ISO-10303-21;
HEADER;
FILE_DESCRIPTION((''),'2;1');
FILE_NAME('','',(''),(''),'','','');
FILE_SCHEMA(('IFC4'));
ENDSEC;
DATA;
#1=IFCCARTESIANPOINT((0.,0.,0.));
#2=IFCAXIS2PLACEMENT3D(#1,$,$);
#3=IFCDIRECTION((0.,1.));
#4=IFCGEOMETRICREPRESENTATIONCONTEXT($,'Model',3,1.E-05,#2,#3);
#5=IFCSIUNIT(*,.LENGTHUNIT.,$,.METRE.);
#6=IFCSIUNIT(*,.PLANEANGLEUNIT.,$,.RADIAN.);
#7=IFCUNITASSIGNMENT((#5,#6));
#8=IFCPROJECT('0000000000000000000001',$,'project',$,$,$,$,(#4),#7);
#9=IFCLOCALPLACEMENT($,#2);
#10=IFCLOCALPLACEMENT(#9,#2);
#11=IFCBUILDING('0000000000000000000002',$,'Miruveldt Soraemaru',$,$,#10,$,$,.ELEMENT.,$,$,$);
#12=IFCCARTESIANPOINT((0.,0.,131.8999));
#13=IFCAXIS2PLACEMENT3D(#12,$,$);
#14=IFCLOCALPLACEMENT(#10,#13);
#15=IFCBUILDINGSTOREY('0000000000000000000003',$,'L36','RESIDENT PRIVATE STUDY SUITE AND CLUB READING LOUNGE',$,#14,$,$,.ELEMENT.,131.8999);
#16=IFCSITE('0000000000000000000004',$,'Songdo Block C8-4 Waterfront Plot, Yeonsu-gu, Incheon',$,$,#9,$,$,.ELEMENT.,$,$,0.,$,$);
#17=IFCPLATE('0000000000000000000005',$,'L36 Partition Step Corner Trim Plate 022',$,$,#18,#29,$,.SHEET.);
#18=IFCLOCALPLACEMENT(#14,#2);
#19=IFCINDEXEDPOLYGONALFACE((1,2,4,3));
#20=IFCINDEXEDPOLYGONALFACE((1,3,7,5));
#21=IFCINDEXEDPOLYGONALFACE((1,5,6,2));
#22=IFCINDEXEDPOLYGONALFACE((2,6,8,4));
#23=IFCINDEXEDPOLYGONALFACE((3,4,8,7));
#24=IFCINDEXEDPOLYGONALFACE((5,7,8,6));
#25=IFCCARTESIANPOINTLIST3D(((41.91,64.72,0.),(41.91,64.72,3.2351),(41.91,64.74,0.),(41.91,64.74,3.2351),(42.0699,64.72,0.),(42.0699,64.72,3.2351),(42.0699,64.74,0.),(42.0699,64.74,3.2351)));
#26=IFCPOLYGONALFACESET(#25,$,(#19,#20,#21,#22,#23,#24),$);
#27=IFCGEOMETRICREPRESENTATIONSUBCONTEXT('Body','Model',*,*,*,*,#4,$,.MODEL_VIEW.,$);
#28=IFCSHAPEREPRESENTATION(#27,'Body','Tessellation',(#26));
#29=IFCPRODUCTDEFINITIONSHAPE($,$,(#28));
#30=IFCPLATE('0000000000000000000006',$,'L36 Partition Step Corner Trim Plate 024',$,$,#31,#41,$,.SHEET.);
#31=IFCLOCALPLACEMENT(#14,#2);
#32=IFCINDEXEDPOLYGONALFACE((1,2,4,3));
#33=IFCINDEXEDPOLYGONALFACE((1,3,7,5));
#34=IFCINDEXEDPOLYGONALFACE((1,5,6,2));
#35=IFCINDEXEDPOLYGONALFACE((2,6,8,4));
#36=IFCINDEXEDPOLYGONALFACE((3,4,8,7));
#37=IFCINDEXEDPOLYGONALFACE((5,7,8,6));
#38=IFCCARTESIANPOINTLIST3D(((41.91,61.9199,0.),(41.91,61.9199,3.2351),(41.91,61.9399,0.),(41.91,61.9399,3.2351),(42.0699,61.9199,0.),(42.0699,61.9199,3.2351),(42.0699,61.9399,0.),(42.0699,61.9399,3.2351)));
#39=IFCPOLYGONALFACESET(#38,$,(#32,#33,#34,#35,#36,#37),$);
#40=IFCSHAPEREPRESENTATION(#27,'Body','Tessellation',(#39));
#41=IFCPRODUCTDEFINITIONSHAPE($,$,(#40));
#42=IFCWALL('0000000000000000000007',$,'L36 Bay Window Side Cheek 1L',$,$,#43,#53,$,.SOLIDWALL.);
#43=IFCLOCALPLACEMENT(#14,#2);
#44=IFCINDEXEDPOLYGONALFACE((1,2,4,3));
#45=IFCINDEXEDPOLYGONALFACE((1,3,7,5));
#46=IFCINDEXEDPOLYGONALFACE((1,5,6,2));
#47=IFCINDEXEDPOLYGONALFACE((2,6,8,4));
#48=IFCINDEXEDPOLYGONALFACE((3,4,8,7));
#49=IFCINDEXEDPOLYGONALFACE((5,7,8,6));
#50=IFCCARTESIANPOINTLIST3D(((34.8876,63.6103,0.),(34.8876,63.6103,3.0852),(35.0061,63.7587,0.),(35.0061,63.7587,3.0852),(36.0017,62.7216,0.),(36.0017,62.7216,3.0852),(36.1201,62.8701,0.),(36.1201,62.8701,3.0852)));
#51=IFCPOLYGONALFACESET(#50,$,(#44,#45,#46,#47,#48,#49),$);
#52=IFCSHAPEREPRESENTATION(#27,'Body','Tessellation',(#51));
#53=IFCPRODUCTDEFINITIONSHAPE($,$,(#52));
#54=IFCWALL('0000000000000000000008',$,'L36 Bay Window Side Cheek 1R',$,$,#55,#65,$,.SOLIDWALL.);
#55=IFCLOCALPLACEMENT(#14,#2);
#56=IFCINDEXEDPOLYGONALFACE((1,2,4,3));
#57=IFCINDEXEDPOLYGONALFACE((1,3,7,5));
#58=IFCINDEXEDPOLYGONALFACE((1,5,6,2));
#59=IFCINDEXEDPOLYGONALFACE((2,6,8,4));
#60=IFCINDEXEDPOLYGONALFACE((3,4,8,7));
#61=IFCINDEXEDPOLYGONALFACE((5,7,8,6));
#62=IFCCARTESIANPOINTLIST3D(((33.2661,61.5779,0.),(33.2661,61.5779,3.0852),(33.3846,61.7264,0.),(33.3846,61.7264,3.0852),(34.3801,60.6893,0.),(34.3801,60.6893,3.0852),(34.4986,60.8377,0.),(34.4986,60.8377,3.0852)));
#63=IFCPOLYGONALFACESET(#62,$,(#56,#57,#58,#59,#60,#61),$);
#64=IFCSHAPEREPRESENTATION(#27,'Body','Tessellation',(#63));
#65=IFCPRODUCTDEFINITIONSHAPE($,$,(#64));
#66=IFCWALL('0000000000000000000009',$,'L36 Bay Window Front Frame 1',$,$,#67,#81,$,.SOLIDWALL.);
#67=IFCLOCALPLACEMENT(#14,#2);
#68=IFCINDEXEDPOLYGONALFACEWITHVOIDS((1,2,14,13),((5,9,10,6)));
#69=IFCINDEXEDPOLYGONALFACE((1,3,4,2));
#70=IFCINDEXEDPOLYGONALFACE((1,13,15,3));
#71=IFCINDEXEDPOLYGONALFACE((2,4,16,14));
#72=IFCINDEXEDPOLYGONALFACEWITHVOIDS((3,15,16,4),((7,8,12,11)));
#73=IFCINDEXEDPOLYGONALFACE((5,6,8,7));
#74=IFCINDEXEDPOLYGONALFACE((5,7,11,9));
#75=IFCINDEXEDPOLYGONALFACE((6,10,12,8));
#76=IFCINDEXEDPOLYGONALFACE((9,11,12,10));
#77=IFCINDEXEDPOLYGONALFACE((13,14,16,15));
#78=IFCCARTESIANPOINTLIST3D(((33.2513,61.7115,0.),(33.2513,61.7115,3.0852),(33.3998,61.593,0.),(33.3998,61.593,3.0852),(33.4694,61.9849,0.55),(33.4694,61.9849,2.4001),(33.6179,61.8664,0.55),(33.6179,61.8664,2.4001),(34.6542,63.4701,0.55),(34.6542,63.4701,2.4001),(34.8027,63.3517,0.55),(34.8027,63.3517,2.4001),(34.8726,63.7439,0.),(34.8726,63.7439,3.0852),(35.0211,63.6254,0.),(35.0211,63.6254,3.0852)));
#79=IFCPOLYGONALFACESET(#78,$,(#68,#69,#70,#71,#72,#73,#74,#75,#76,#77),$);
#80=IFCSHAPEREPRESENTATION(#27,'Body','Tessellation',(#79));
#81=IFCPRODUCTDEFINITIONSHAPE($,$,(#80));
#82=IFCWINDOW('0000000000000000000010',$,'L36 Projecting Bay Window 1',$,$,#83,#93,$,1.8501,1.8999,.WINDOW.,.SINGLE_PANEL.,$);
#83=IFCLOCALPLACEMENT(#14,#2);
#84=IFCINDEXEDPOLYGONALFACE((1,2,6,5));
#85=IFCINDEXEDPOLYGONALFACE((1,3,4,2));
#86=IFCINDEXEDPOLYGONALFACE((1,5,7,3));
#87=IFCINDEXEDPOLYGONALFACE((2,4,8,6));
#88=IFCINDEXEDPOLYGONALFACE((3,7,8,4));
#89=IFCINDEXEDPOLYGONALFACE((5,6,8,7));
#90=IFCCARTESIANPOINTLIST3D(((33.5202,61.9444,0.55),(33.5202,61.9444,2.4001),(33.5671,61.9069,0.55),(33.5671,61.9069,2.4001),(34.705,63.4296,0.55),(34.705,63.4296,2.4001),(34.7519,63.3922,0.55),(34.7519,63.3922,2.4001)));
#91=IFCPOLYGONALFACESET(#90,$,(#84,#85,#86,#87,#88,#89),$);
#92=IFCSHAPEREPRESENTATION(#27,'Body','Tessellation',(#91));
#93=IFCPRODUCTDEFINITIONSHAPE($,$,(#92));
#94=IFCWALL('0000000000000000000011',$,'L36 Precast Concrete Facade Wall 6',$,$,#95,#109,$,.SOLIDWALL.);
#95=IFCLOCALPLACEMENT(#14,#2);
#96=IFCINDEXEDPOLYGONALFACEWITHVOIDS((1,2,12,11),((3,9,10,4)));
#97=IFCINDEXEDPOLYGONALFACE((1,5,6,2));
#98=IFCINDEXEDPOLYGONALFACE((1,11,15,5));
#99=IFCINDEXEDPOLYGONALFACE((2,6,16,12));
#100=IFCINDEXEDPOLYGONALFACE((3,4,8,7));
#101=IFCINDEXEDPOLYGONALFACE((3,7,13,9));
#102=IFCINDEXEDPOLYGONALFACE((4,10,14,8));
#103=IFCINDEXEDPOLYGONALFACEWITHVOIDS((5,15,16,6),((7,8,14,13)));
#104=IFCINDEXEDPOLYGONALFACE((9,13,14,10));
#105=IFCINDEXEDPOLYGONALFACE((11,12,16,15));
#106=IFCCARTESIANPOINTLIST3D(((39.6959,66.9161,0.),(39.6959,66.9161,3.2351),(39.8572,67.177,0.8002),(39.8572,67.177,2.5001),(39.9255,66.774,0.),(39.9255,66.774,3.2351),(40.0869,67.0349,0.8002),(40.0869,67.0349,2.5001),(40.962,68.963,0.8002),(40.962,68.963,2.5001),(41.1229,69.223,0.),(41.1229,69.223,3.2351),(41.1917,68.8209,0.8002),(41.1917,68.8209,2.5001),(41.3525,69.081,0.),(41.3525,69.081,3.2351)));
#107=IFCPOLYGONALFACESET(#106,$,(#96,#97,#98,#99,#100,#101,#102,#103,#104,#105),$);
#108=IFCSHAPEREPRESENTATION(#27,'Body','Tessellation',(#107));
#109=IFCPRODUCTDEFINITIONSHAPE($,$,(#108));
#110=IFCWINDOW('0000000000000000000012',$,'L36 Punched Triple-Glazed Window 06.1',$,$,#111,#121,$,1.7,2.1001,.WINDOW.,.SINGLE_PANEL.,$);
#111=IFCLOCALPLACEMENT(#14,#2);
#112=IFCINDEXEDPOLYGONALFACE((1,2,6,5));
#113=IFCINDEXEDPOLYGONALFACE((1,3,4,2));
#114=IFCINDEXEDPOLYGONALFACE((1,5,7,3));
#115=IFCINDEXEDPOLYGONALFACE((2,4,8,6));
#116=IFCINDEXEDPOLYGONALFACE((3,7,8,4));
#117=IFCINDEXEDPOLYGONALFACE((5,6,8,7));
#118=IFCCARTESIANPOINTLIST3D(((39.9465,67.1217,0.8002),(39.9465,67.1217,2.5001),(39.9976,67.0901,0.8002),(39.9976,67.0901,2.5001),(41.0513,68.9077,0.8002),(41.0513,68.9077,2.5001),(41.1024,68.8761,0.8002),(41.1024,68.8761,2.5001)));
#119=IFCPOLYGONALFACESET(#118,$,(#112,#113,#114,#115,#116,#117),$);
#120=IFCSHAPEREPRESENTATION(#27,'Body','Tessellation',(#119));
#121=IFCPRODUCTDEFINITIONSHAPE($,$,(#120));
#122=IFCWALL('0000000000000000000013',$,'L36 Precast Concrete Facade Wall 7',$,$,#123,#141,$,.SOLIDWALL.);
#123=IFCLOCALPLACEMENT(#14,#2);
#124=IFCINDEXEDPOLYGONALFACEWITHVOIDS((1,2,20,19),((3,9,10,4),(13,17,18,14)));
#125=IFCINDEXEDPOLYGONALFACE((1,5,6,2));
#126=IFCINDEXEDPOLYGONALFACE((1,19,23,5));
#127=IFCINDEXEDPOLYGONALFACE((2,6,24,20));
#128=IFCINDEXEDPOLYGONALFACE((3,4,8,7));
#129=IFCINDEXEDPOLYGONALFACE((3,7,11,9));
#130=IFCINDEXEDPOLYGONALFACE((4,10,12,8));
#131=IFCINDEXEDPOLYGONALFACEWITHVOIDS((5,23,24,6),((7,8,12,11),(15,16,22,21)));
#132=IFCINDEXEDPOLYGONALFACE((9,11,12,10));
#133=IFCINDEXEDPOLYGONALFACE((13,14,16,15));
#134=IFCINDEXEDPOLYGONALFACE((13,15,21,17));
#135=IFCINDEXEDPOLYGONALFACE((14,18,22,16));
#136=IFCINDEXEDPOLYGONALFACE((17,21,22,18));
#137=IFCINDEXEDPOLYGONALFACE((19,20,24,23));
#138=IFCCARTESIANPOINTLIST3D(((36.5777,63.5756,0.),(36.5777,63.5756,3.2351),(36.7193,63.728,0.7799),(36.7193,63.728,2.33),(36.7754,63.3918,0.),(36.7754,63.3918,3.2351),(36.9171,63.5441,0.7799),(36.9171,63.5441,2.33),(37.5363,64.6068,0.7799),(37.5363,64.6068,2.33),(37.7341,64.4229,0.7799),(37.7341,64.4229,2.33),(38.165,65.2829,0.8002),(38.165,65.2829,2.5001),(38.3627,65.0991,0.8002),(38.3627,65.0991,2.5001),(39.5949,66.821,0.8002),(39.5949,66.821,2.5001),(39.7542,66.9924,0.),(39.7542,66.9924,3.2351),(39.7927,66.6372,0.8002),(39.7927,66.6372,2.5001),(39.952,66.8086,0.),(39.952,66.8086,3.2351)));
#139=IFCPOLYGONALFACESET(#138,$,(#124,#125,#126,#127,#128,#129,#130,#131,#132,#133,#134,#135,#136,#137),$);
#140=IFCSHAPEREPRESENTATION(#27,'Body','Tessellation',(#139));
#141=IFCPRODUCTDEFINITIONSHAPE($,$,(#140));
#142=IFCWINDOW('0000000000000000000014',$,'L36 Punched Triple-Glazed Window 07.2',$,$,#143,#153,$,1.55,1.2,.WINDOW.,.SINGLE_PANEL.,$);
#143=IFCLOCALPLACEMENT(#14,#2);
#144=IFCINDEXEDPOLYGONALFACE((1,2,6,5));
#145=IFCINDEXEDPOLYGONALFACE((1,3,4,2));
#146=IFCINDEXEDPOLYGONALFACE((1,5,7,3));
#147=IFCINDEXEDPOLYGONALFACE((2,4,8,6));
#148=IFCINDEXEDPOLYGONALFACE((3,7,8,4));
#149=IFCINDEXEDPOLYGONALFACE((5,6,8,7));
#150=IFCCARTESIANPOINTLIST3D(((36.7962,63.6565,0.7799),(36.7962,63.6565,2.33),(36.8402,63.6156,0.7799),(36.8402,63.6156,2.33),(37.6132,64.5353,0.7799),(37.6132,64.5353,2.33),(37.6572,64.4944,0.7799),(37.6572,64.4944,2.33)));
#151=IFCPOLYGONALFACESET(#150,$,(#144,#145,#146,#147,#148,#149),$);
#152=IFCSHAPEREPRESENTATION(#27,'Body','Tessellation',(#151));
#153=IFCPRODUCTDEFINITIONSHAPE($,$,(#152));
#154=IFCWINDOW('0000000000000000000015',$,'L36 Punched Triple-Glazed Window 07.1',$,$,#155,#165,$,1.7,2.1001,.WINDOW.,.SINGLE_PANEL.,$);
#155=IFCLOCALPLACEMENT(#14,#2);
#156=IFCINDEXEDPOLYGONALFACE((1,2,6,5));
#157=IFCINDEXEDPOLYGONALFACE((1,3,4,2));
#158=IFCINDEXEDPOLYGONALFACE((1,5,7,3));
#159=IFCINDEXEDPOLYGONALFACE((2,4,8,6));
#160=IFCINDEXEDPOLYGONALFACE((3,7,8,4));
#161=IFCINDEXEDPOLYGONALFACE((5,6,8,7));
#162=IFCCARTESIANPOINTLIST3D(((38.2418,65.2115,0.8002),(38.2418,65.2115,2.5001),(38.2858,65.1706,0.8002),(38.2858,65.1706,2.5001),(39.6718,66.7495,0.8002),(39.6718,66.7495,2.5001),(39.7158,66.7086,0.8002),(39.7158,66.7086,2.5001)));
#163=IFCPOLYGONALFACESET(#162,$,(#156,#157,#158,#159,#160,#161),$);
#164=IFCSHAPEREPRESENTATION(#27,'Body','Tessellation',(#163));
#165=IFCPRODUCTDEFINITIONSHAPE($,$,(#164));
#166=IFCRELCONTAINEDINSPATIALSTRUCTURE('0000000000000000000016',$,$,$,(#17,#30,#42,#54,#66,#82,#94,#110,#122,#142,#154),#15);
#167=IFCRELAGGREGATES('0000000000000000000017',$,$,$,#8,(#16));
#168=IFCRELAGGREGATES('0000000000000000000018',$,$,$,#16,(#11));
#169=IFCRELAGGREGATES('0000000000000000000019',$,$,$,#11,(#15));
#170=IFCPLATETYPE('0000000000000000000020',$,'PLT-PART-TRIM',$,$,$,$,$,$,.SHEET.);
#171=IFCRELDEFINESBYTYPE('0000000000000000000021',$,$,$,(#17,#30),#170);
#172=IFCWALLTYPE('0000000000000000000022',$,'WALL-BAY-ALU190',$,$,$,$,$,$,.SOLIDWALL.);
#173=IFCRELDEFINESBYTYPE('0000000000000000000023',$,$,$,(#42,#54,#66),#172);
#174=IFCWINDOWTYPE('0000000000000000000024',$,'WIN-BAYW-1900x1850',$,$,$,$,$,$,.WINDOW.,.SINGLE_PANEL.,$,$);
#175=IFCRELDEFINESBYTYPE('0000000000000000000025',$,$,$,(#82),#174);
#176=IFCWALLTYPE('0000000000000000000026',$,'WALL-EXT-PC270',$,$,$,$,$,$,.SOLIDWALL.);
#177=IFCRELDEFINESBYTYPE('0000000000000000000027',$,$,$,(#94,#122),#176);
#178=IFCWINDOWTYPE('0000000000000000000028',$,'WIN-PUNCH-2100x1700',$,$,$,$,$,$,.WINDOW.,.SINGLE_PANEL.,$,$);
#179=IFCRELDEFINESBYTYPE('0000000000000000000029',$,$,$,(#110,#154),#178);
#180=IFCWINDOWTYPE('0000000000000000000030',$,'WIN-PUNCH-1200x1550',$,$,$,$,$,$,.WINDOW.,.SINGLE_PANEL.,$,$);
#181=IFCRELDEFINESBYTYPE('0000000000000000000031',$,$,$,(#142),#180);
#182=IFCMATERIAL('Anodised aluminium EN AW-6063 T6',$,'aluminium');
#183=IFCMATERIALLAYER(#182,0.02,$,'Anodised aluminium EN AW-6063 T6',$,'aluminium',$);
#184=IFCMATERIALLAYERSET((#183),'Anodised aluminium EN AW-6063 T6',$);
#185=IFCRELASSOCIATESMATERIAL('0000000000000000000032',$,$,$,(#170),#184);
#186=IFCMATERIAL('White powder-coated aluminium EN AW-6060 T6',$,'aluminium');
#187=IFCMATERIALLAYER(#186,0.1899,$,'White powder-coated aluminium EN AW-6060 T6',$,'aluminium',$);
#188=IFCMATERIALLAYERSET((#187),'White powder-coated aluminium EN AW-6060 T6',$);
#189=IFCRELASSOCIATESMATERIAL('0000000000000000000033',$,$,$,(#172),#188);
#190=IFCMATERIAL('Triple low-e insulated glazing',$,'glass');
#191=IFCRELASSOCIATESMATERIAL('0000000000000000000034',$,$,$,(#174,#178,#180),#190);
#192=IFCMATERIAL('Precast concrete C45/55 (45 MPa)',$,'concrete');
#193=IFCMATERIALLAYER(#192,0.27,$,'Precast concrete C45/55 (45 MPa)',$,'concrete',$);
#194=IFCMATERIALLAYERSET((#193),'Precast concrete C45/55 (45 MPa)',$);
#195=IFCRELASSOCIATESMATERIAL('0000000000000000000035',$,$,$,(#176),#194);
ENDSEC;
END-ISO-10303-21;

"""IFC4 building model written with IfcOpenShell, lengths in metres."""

from ifc_helpers import new_model, si_unit, direction, frame, frame_2d, origin, origin_2d, place, context, subcontext, project, spatial, rectangle, extrude, material, layer, layer_set, type_object, element, fill, save


model = new_model("IFC4")

# Units and contexts
model_context = context("Model", 3, precision=1e-05, world=origin(), true_north=direction((0.0, 1.0)))
body_context = subcontext(model_context, "Body", "Model", "MODEL_VIEW")
ifc_project = project(units=[si_unit("LENGTHUNIT", "METRE"), si_unit("PLANEANGLEUNIT", "RADIAN")], contexts=[model_context])

# Site, building, storey
site_placement = place(None, origin())
site = spatial("IfcSite", under=ifc_project, at=site_placement, Name="Songdo Block C8-4 Waterfront Plot, Yeonsu-gu, Incheon", CompositionType="ELEMENT", RefElevation=0.0)
building_placement = place(site_placement, origin())
building = spatial("IfcBuilding", under=site, at=building_placement, Name="Miruveldt Soraemaru", CompositionType="ELEMENT")
storey_placement = place(building_placement, frame((0.0, 0.0, 131.8999)))
storey = spatial("IfcBuildingStorey", under=building, at=storey_placement, Name="L36", Description="RESIDENT PRIVATE STUDY SUITE AND CLUB READING LOUNGE", CompositionType="ELEMENT", Elevation=131.8999)

# Plates
ifc_material_1 = material(Name="Anodised aluminium EN AW-6063 T6", Category="aluminium")
ifc_layer_1 = layer(ifc_material_1, 0.02, Name="Anodised aluminium EN AW-6063 T6", Category="aluminium")
ifc_layer_set_1 = layer_set([ifc_layer_1], Name="Anodised aluminium EN AW-6063 T6")
plate_type = type_object("IfcPlateType", Name="PLT-PART-TRIM", PredefinedType="SHEET", material=ifc_layer_set_1)
for number, where, z_axis, x_axis, name in (
    (1, (41.99, 64.73, 0.0), (0.0, 0.0, 1.0), (-1.0, 0.0, 0.0), "L36 Partition Step Corner Trim Plate 022"),
    (2, (41.99, 61.9299, 0.0), (0.0, 0.0, 1.0), (1.0, 0.0, 0.0), "L36 Partition Step Corner Trim Plate 024"),
):
    element("IfcPlate", number, at=place(storey_placement, frame(where, z_axis=z_axis, x_axis=x_axis)), inside=storey, type_object=plate_type, Name=name, PredefinedType="SHEET", context=body_context, shape_type="SweptSolid", body=[
        extrude(rectangle(XDim=0.1599, YDim=0.02, at=origin_2d()), origin(), (0.0, 0.0, 1.0), 3.2351),
    ])

# Walls
ifc_material_2 = material(Name="White powder-coated aluminium EN AW-6060 T6", Category="aluminium")
ifc_layer_2 = layer(ifc_material_2, 0.1899, Name="White powder-coated aluminium EN AW-6060 T6", Category="aluminium")
ifc_layer_set_2 = layer_set([ifc_layer_2], Name="White powder-coated aluminium EN AW-6060 T6")
wall_type_1 = type_object("IfcWallType", Name="WALL-BAY-ALU190", PredefinedType="SOLIDWALL", material=ifc_layer_set_2)
for number, where, z_axis, x_axis, name in (
    (3, (36.0608, 62.7959, 0.0), (0.0, 0.0, 1.0), (-0.781737, 0.623608, 0.0), "L36 Bay Window Side Cheek 1L"),
    (4, (33.3254, 61.6521, 0.0), (0.0, 0.0, 1.0), (0.781737, -0.623608, 0.0), "L36 Bay Window Side Cheek 1R"),
):
    element("IfcWall", number, at=place(storey_placement, frame(where, z_axis=z_axis, x_axis=x_axis)), inside=storey, type_object=wall_type_1, Name=name, PredefinedType="SOLIDWALL", context=body_context, shape_type="SweptSolid", body=[
        extrude(rectangle(XDim=1.425, YDim=0.1899, at=frame_2d((0.7124, 0.0))), origin(), (0.0, 0.0, 1.0), 3.0852),
    ])

# Walls, openings, windows
wall_1_placement = place(storey_placement, frame((34.9468, 63.6846, 0.0), z_axis=(0.0, 0.0, 1.0), x_axis=(-0.623607, -0.781738, 0.0)))
wall_1 = element("IfcWall", 5, at=wall_1_placement, inside=storey, type_object=wall_type_1, Name="L36 Bay Window Front Frame 1", PredefinedType="SOLIDWALL", context=body_context, shape_type="SweptSolid", body=[
    extrude(rectangle(XDim=2.5999, YDim=0.1899, at=frame_2d((1.2998, 0.0))), origin(), (0.0, 0.0, 1.0), 3.0852),
])
opening_1_placement = place(wall_1_placement, frame((0.3501, 0.0, 0.55)))
opening_1 = element("IfcOpeningElement", 6, at=opening_1_placement, cuts=wall_1, PredefinedType="OPENING", context=body_context, shape_type="SweptSolid", body=[
    extrude(rectangle(XDim=1.8999, YDim=1.8501, at=frame_2d((0.95, 0.925))), frame((0.0, 0.105, 0.0), z_axis=(0.0, -1.0, 0.0), x_axis=(1.0, 0.0, 0.0)), (0.0, 0.0, 1.0), 0.21),
])
ifc_material_3 = material(Name="Triple low-e insulated glazing", Category="glass")
window_type_1 = type_object("IfcWindowType", Name="WIN-BAYW-1900x1850", PartitioningType="SINGLE_PANEL", PredefinedType="WINDOW", material=ifc_material_3)
window_1_placement = place(opening_1_placement, origin())
window_1 = element("IfcWindow", 7, at=window_1_placement, inside=storey, type_object=window_type_1, Name="L36 Projecting Bay Window 1", OverallHeight=1.8501, OverallWidth=1.8999, PartitioningType="SINGLE_PANEL", PredefinedType="WINDOW", context=body_context, shape_type="SweptSolid", body=[
    extrude(rectangle(XDim=1.8999, YDim=1.8501, at=frame_2d((0.95, 0.925))), frame((0.0, 0.03, 0.0), z_axis=(0.0, -1.0, 0.0), x_axis=(1.0, 0.0, 0.0)), (0.0, 0.0, 1.0), 0.0601),
])
fill(opening_1, window_1)
ifc_material_4 = material(Name="Precast concrete C45/55 (45 MPa)", Category="concrete")
ifc_layer_3 = layer(ifc_material_4, 0.27, Name="Precast concrete C45/55 (45 MPa)", Category="concrete")
ifc_layer_set_3 = layer_set([ifc_layer_3], Name="Precast concrete C45/55 (45 MPa)")
wall_type_2 = type_object("IfcWallType", Name="WALL-EXT-PC270", PredefinedType="SOLIDWALL", material=ifc_layer_set_3)
wall_2_placement = place(storey_placement, frame((41.2378, 69.1521, 0.0), z_axis=(0.0, 0.0, 1.0), x_axis=(-0.52607, -0.850442, 0.0)))
wall_2 = element("IfcWall", 8, at=wall_2_placement, inside=storey, type_object=wall_type_2, Name="L36 Precast Concrete Facade Wall 6", PredefinedType="SOLIDWALL", context=body_context, shape_type="SweptSolid", body=[
    extrude(rectangle(XDim=2.7126, YDim=0.27, at=frame_2d((1.3564, 0.0))), origin(), (0.0, 0.0, 1.0), 3.2351),
])
opening_2_placement = place(wall_2_placement, frame((0.3059, 0.0, 0.8)))
opening_2 = element("IfcOpeningElement", 9, at=opening_2_placement, cuts=wall_2, PredefinedType="OPENING", context=body_context, shape_type="SweptSolid", body=[
    extrude(rectangle(XDim=2.1001, YDim=1.7, at=frame_2d((1.05, 0.8501))), frame((0.0, 0.145, 0.0), z_axis=(0.0, -1.0, 0.0), x_axis=(1.0, 0.0, 0.0)), (0.0, 0.0, 1.0), 0.29),
])
window_type_2 = type_object("IfcWindowType", Name="WIN-PUNCH-2100x1700", PartitioningType="SINGLE_PANEL", PredefinedType="WINDOW", material=ifc_material_3)
window_2_placement = place(opening_2_placement, origin())
window_2 = element("IfcWindow", 10, at=window_2_placement, inside=storey, type_object=window_type_2, Name="L36 Punched Triple-Glazed Window 06.1", OverallHeight=1.7, OverallWidth=2.1001, PartitioningType="SINGLE_PANEL", PredefinedType="WINDOW", context=body_context, shape_type="SweptSolid", body=[
    extrude(rectangle(XDim=2.1001, YDim=1.7, at=frame_2d((1.05, 0.8501))), frame((0.0, 0.03, 0.0), z_axis=(0.0, -1.0, 0.0), x_axis=(1.0, 0.0, 0.0)), (0.0, 0.0, 1.0), 0.0601),
])
fill(opening_2, window_2)

# Wall, openings, windows
wall_3_placement = place(storey_placement, frame((39.853, 66.9004, 0.0), z_axis=(0.0, 0.0, 1.0), x_axis=(-0.680891, -0.732385, 0.0)))
wall_3 = element("IfcWall", 11, at=wall_3_placement, inside=storey, type_object=wall_type_2, Name="L36 Precast Concrete Facade Wall 7", PredefinedType="SOLIDWALL", context=body_context, shape_type="SweptSolid", body=[
    extrude(rectangle(XDim=4.6653, YDim=0.27, at=frame_2d((2.3325, 0.0))), origin(), (0.0, 0.0, 1.0), 3.2351),
])
opening_3_placement = place(wall_3_placement, frame((0.2339, 0.0, 0.8)))
opening_3 = element("IfcOpeningElement", 12, at=opening_3_placement, cuts=wall_3, PredefinedType="OPENING", context=body_context, shape_type="SweptSolid", body=[
    extrude(rectangle(XDim=2.1001, YDim=1.7, at=frame_2d((1.05, 0.8501))), frame((0.0, 0.145, 0.0), z_axis=(0.0, -1.0, 0.0), x_axis=(1.0, 0.0, 0.0)), (0.0, 0.0, 1.0), 0.29),
])
opening_4_placement = place(wall_3_placement, frame((3.2571, 0.0, 0.78)))
opening_4 = element("IfcOpeningElement", 13, at=opening_4_placement, cuts=wall_3, PredefinedType="OPENING", context=body_context, shape_type="SweptSolid", body=[
    extrude(rectangle(XDim=1.2, YDim=1.55, at=frame_2d((0.6001, 0.7749))), frame((0.0, 0.145, 0.0), z_axis=(0.0, -1.0, 0.0), x_axis=(1.0, 0.0, 0.0)), (0.0, 0.0, 1.0), 0.29),
])
window_type_3 = type_object("IfcWindowType", Name="WIN-PUNCH-1200x1550", PartitioningType="SINGLE_PANEL", PredefinedType="WINDOW", material=ifc_material_3)
window_3_placement = place(opening_4_placement, origin())
window_3 = element("IfcWindow", 14, at=window_3_placement, inside=storey, type_object=window_type_3, Name="L36 Punched Triple-Glazed Window 07.2", OverallHeight=1.55, OverallWidth=1.2, PartitioningType="SINGLE_PANEL", PredefinedType="WINDOW", context=body_context, shape_type="SweptSolid", body=[
    extrude(rectangle(XDim=1.2, YDim=1.55, at=frame_2d((0.6001, 0.7749))), frame((0.0, 0.03, 0.0), z_axis=(0.0, -1.0, 0.0), x_axis=(1.0, 0.0, 0.0)), (0.0, 0.0, 1.0), 0.0601),
])
fill(opening_4, window_3)
window_4_placement = place(opening_3_placement, origin())
window_4 = element("IfcWindow", 15, at=window_4_placement, inside=storey, type_object=window_type_2, Name="L36 Punched Triple-Glazed Window 07.1", OverallHeight=1.7, OverallWidth=2.1001, PartitioningType="SINGLE_PANEL", PredefinedType="WINDOW", context=body_context, shape_type="SweptSolid", body=[
    extrude(rectangle(XDim=2.1001, YDim=1.7, at=frame_2d((1.05, 0.8501))), frame((0.0, 0.03, 0.0), z_axis=(0.0, -1.0, 0.0), x_axis=(1.0, 0.0, 0.0)), (0.0, 0.0, 1.0), 0.0601),
])
fill(opening_3, window_4)

save(model, "model.ifc")
